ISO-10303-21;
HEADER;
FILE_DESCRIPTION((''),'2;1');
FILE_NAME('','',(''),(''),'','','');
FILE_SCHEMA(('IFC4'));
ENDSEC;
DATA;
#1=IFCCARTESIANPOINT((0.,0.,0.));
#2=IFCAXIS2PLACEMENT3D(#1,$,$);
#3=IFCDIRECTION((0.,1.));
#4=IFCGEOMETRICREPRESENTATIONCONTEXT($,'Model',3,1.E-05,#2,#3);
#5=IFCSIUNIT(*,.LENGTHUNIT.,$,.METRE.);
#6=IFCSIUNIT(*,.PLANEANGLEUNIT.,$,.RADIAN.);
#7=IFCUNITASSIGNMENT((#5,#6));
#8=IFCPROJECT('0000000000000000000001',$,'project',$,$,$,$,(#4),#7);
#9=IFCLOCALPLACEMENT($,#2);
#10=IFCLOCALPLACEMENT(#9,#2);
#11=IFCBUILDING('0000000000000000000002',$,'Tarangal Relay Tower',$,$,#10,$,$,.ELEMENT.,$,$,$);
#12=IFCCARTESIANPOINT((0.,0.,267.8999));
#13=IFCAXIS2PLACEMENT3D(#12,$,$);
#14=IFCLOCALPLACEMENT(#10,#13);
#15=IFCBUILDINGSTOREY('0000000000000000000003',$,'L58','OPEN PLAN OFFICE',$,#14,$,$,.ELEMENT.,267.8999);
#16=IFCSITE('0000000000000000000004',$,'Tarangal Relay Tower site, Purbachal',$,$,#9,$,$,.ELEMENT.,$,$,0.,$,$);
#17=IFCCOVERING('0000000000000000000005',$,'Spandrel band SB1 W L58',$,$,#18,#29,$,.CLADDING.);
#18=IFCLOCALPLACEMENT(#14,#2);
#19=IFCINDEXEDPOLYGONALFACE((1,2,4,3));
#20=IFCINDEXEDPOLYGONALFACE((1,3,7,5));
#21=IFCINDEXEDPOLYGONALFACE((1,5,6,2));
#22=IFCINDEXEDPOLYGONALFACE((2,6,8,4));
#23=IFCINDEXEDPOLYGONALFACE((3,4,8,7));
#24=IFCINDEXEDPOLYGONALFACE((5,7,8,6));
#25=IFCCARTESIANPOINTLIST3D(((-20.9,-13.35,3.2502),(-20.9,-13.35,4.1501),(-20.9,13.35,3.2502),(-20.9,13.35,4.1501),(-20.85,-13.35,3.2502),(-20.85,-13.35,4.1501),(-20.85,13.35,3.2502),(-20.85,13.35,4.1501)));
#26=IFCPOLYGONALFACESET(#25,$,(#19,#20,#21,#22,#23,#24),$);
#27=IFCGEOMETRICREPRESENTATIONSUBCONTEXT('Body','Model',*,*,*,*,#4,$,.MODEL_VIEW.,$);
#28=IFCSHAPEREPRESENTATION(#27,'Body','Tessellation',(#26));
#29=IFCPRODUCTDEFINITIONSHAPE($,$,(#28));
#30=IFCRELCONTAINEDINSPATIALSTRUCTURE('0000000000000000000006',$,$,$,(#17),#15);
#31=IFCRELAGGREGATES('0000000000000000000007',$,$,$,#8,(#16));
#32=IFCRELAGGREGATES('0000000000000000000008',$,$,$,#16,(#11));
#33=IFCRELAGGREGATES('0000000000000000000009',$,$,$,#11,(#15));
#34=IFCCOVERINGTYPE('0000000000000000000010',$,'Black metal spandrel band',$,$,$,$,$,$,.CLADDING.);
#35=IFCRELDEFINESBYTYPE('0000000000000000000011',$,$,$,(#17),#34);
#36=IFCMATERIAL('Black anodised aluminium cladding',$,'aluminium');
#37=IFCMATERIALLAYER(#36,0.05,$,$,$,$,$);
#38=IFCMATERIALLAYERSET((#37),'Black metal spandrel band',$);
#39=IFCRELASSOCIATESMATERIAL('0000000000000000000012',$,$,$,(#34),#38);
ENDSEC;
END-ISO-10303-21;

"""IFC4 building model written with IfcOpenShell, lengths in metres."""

from ifc_helpers import new_model, si_unit, direction, frame, origin, origin_2d, place, context, subcontext, project, spatial, rectangle, extrude, material, layer, layer_set, type_object, element, save


model = new_model("IFC4")

# Units and contexts
model_context = context("Model", 3, precision=1e-05, world=origin(), true_north=direction((0.0, 1.0)))
body_context = subcontext(model_context, "Body", "Model", "MODEL_VIEW")
ifc_project = project(units=[si_unit("LENGTHUNIT", "METRE"), si_unit("PLANEANGLEUNIT", "RADIAN")], contexts=[model_context])

# Site, building, storey
site_placement = place(None, origin())
site = spatial("IfcSite", under=ifc_project, at=site_placement, Name="Tarangal Relay Tower site, Purbachal", CompositionType="ELEMENT", RefElevation=0.0)
building_placement = place(site_placement, origin())
building = spatial("IfcBuilding", under=site, at=building_placement, Name="Tarangal Relay Tower", CompositionType="ELEMENT")
storey_placement = place(building_placement, frame((0.0, 0.0, 267.8999)))
storey = spatial("IfcBuildingStorey", under=building, at=storey_placement, Name="L58", Description="OPEN PLAN OFFICE", CompositionType="ELEMENT", Elevation=267.8999)

# Covering
ifc_material_1 = material(Name="Black anodised aluminium cladding", Category="aluminium")
ifc_layer_1 = layer(ifc_material_1, 0.05)
ifc_layer_set_1 = layer_set([ifc_layer_1], Name="Black metal spandrel band")
covering_type = type_object("IfcCoveringType", Name="Black metal spandrel band", PredefinedType="CLADDING", material=ifc_layer_set_1)
covering_placement = place(storey_placement, frame((-20.875, 0.0, 3.2502), z_axis=(0.0, 0.0, 1.0), x_axis=(0.0, 1.0, 0.0)))
element("IfcCovering", 1, at=covering_placement, inside=storey, type_object=covering_type, Name="Spandrel band SB1 W L58", PredefinedType="CLADDING", context=body_context, shape_type="SweptSolid", body=[
    extrude(rectangle(XDim=26.7, YDim=0.05, at=origin_2d()), origin(), (0.0, 0.0, 1.0), 0.8999),
])

save(model, "model.ifc")
